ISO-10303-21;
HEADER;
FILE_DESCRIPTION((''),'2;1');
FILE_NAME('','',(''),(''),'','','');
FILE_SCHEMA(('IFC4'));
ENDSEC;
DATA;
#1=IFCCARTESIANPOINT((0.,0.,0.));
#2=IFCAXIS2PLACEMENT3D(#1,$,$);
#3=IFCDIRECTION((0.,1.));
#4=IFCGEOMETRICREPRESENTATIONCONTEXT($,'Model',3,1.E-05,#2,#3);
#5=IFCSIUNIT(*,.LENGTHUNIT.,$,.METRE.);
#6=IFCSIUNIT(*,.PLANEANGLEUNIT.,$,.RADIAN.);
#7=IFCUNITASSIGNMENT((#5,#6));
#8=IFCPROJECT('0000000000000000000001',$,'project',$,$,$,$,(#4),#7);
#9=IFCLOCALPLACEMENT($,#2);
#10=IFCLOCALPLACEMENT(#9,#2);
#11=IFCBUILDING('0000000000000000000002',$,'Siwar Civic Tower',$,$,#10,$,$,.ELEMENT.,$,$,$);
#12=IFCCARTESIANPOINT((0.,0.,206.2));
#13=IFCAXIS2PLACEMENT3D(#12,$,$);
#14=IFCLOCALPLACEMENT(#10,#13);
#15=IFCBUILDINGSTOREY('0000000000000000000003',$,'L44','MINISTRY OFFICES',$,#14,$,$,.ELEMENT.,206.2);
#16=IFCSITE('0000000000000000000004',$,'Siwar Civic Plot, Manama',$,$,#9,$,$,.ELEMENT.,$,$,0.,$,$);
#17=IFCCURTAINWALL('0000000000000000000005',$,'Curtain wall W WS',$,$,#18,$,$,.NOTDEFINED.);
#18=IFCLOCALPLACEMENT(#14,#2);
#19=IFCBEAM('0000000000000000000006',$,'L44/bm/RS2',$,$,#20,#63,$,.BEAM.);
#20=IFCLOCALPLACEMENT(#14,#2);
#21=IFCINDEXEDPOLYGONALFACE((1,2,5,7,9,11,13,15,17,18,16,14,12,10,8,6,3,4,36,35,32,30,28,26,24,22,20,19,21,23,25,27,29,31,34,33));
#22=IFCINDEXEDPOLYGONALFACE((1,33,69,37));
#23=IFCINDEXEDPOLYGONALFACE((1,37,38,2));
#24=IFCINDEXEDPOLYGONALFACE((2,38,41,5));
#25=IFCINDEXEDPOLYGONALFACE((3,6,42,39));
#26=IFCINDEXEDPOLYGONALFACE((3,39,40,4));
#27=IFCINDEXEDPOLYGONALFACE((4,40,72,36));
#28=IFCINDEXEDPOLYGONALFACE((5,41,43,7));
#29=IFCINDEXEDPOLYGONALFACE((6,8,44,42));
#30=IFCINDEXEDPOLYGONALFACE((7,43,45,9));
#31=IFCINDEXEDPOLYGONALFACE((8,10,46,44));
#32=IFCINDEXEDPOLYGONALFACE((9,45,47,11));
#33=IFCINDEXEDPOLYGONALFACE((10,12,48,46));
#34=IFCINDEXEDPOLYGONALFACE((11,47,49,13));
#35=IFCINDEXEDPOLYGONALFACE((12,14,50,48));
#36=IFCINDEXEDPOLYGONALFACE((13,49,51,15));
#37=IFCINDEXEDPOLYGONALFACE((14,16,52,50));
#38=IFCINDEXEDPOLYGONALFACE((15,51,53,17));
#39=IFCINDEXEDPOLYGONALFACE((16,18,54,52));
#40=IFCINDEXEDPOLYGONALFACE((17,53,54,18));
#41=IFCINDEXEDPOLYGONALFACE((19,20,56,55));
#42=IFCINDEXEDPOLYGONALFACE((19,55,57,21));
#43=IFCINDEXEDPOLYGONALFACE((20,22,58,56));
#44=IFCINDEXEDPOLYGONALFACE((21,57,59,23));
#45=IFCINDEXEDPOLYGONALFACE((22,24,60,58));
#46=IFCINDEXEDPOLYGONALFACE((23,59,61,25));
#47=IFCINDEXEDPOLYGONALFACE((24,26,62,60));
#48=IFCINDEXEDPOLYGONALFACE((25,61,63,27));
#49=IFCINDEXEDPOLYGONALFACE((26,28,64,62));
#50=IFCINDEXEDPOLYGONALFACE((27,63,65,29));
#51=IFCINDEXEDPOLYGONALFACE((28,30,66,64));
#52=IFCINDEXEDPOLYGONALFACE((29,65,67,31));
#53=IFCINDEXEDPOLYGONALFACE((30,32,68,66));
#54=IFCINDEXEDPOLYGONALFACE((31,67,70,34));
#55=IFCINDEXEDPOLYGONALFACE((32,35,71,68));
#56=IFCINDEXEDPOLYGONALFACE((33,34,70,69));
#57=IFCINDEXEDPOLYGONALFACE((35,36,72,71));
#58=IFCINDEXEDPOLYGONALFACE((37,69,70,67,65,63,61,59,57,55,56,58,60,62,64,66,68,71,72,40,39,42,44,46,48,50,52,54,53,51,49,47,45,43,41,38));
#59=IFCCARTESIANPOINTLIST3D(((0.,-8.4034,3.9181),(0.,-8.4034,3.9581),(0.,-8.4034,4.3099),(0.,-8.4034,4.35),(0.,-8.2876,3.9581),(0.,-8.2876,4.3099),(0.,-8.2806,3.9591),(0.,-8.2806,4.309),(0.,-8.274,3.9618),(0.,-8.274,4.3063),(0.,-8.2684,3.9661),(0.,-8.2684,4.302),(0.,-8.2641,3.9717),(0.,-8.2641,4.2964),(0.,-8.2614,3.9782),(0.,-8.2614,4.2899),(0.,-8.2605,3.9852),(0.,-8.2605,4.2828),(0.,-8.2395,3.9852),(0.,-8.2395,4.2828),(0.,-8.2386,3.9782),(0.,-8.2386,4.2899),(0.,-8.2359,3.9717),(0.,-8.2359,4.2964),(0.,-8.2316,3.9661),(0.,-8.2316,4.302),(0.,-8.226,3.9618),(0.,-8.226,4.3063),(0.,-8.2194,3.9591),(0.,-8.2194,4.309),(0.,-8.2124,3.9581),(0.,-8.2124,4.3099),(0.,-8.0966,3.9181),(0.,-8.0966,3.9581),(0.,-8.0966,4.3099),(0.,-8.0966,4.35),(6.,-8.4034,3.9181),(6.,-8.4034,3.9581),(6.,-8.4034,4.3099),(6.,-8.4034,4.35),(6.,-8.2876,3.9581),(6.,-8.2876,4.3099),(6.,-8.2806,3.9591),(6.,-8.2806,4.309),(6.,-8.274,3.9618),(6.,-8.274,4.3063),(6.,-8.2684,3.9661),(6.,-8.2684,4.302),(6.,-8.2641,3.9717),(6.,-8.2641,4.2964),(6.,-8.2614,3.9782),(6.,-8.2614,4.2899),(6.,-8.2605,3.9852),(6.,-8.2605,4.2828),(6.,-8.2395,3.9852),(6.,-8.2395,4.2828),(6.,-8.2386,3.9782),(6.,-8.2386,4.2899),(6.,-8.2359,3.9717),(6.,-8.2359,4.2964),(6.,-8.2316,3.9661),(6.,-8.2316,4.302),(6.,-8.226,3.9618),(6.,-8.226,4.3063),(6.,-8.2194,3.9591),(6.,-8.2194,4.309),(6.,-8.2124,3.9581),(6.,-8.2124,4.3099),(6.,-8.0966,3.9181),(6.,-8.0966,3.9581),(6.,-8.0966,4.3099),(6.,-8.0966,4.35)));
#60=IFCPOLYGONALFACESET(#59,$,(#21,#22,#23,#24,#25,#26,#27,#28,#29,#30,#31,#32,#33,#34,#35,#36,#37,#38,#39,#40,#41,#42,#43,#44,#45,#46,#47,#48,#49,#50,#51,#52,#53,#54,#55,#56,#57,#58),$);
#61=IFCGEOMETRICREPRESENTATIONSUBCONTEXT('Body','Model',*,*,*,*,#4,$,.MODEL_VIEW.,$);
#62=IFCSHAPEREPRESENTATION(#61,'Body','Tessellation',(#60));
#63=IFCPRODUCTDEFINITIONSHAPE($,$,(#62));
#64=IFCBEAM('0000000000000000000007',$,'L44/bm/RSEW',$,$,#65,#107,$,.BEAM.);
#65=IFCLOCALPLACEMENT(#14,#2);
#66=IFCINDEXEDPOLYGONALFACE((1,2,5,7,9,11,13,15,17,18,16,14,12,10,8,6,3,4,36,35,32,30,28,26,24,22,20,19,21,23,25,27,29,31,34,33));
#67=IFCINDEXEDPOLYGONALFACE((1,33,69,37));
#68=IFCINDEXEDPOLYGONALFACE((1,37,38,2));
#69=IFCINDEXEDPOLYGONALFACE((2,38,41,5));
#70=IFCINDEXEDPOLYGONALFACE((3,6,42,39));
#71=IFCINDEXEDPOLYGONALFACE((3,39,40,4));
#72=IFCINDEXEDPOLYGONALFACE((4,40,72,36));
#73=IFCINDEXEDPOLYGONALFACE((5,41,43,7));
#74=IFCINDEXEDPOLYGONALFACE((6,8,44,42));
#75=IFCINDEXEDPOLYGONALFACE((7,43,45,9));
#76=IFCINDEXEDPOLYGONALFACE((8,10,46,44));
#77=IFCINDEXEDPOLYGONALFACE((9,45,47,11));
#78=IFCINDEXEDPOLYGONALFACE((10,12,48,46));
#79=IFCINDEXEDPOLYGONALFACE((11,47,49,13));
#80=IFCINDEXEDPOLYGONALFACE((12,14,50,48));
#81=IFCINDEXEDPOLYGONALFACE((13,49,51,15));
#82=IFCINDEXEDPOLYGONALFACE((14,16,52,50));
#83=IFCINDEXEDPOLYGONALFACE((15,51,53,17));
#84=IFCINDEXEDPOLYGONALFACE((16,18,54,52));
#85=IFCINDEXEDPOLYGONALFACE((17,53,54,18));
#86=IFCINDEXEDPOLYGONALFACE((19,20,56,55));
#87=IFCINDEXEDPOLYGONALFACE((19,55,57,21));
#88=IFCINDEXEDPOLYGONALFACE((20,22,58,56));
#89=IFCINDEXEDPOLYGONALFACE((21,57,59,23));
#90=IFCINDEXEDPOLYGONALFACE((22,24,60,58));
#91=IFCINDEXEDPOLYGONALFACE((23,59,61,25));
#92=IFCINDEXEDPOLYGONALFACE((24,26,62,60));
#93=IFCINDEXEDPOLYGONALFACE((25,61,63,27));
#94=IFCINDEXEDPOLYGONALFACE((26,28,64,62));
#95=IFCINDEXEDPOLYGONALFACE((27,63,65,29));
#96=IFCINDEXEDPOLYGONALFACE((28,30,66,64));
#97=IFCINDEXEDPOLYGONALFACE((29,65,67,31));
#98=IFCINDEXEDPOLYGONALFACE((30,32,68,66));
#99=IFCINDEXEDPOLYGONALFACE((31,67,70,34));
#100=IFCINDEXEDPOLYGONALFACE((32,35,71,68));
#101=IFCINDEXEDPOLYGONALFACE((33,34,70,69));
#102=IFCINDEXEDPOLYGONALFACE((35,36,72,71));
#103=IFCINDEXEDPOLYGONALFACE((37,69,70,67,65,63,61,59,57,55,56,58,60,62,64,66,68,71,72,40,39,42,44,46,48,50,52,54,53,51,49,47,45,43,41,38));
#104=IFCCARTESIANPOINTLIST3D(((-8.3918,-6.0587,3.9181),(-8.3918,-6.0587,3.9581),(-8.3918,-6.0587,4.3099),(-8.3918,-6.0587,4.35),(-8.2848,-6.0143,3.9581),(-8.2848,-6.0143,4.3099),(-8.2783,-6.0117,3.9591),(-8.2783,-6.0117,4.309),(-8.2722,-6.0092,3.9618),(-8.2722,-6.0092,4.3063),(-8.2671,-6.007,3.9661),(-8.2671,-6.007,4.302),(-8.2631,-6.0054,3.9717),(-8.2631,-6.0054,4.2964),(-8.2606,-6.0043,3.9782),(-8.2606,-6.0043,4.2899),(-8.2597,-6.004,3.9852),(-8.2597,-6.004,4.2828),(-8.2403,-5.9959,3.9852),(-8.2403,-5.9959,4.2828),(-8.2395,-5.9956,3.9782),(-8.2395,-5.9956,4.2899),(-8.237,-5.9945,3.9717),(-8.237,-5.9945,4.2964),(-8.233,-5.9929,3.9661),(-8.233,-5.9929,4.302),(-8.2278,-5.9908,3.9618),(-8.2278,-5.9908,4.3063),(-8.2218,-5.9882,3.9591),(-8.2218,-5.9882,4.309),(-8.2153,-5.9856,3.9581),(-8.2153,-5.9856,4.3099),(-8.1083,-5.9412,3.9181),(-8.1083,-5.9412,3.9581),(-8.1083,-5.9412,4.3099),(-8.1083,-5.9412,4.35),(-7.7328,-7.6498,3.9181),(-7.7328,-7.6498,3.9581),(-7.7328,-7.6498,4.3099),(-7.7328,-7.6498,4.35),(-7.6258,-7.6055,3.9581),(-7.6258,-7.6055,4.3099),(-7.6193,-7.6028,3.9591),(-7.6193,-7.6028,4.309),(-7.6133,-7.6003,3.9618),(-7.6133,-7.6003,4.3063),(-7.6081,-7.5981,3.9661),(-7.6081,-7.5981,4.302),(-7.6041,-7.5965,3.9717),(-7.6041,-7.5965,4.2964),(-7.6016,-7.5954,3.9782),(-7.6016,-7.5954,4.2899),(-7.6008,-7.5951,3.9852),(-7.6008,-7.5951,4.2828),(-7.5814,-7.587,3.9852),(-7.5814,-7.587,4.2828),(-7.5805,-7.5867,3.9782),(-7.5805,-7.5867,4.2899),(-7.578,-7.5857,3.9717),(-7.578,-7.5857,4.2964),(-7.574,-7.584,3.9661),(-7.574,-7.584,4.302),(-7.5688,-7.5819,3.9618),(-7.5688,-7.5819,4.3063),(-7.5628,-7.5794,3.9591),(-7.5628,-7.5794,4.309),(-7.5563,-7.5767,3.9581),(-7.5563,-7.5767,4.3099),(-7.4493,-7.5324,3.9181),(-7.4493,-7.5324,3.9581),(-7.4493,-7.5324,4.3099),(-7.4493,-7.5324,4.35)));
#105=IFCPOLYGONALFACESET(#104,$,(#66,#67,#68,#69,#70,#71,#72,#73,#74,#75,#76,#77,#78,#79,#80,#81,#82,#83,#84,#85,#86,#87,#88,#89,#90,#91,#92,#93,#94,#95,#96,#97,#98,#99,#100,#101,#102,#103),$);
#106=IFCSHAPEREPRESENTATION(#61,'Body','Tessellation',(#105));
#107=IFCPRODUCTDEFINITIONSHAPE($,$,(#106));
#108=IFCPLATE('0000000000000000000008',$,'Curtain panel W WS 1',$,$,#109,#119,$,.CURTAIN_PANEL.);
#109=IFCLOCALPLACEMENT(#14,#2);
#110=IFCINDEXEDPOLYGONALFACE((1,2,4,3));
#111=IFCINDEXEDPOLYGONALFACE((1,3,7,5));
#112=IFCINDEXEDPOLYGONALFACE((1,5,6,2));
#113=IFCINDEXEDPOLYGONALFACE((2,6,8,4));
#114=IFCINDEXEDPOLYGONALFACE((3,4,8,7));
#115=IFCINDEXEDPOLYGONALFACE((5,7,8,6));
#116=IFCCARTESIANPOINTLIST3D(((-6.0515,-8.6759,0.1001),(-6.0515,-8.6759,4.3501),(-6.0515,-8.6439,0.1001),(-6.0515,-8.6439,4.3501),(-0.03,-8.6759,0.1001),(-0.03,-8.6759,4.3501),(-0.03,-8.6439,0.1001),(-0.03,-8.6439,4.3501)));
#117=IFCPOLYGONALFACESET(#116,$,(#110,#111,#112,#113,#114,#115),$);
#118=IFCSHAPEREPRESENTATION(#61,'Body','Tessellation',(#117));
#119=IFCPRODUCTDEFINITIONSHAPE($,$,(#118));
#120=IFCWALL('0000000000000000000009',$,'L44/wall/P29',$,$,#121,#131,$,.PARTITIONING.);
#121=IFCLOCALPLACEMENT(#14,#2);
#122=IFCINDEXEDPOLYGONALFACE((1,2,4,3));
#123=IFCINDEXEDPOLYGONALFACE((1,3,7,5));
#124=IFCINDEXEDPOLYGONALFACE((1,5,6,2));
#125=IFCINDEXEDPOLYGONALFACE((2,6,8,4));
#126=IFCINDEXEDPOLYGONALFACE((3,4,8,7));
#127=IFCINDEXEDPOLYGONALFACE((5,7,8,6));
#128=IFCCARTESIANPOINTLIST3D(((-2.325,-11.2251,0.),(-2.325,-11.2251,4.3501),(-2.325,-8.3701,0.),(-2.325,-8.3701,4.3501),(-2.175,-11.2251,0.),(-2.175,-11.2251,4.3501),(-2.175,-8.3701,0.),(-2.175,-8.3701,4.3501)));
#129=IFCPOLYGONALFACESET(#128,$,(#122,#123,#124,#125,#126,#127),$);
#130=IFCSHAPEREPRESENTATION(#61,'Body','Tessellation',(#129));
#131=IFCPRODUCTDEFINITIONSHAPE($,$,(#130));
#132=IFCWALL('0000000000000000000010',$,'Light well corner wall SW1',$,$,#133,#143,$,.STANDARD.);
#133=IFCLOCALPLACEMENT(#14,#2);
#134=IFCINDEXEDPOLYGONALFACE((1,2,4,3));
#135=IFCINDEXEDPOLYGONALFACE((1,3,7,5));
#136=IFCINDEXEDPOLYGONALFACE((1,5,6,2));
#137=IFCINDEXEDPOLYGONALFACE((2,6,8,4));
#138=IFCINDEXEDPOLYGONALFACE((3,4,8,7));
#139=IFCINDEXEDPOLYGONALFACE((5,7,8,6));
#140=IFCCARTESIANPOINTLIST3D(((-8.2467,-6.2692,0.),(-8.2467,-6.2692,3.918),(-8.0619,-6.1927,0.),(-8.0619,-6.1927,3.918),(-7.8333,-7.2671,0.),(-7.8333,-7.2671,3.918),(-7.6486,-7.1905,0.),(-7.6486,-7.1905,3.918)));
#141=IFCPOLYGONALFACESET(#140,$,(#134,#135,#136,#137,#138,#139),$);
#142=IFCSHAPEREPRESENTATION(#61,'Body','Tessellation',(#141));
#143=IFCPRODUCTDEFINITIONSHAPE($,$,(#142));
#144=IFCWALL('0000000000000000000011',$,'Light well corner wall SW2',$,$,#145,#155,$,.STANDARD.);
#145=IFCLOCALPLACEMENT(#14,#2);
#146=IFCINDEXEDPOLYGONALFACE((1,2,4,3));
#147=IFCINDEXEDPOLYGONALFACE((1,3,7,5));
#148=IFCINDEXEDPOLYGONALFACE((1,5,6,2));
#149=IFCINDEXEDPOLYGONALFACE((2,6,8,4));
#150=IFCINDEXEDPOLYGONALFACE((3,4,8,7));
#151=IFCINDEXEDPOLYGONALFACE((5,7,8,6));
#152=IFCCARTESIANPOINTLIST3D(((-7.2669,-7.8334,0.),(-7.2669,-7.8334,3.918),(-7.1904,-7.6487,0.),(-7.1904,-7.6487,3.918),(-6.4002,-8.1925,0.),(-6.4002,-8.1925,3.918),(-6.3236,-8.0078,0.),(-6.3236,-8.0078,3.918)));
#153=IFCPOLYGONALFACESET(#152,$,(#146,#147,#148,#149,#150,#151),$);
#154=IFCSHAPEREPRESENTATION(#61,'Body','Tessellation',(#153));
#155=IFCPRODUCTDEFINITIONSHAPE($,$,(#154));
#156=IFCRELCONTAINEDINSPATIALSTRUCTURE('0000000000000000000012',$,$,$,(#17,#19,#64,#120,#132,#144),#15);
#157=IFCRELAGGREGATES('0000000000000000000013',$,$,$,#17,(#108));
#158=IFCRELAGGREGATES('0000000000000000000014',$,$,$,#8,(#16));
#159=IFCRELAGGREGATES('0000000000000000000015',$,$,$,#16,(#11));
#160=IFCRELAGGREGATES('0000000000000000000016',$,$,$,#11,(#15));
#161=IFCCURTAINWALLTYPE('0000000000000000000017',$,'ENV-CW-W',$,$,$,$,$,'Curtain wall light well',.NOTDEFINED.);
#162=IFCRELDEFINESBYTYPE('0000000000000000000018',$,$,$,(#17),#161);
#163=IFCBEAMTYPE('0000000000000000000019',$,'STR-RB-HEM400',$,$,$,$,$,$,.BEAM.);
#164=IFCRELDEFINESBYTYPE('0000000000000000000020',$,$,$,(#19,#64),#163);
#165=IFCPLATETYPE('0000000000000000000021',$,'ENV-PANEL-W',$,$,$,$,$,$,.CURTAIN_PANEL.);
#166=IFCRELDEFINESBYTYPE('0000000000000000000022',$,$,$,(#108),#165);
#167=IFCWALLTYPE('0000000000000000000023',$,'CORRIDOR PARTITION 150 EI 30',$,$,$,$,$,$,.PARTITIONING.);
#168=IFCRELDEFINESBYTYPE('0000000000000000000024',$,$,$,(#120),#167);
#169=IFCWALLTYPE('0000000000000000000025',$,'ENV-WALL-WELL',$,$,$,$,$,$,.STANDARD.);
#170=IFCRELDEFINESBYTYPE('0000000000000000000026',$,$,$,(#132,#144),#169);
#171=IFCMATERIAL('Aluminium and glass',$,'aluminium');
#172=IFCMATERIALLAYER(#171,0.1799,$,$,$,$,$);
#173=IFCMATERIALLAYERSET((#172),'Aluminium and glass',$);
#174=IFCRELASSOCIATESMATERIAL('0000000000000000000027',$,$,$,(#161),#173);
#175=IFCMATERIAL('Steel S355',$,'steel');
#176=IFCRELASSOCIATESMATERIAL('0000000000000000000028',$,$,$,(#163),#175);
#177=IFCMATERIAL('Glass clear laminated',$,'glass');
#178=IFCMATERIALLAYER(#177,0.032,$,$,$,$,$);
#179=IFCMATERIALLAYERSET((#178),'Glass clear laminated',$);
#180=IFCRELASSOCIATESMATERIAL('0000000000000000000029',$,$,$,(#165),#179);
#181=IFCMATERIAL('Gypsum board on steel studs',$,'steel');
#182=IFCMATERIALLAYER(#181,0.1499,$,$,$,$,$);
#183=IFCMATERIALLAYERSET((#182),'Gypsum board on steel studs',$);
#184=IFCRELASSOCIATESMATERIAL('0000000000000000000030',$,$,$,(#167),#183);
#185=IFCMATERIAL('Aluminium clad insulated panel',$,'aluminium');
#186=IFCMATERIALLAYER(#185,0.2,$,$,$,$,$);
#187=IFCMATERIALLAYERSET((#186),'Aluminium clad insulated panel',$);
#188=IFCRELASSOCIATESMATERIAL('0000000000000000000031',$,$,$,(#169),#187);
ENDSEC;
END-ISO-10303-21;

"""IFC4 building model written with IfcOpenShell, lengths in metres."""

from ifc_helpers import new_model, si_unit, direction, frame, frame_2d, origin, origin_2d, place, context, subcontext, project, spatial, rectangle, i_section, extrude, material, layer, layer_set, material_profile, profile_set, type_object, element, aggregate, save


model = new_model("IFC4")

# Units and contexts
model_context = context("Model", 3, precision=1e-05, world=origin(), true_north=direction((0.0, 1.0)))
body_context = subcontext(model_context, "Body", "Model", "MODEL_VIEW")
ifc_project = project(units=[si_unit("LENGTHUNIT", "METRE"), si_unit("PLANEANGLEUNIT", "RADIAN")], contexts=[model_context])

# Site, building, storey
site_placement = place(None, origin())
site = spatial("IfcSite", under=ifc_project, at=site_placement, Name="Siwar Civic Plot, Manama", CompositionType="ELEMENT", RefElevation=0.0)
building_placement = place(site_placement, origin())
building = spatial("IfcBuilding", under=site, at=building_placement, Name="Siwar Civic Tower", CompositionType="ELEMENT")
storey_placement = place(building_placement, frame((0.0, 0.0, 206.2)))
storey = spatial("IfcBuildingStorey", under=building, at=storey_placement, Name="L44", Description="MINISTRY OFFICES", CompositionType="ELEMENT", Elevation=206.2)

# Curtain wall
ifc_material_1 = material(Name="Aluminium and glass", Category="aluminium")
ifc_layer_1 = layer(ifc_material_1, 0.1799)
ifc_layer_set_1 = layer_set([ifc_layer_1], Name="Aluminium and glass")
curtain_wall_type = type_object("IfcCurtainWallType", Name="ENV-CW-W", ElementType="Curtain wall light well", PredefinedType="NOTDEFINED", material=ifc_layer_set_1)
curtain_wall_placement = place(storey_placement, origin())
curtain_wall = element("IfcCurtainWall", 1, at=curtain_wall_placement, inside=storey, type_object=curtain_wall_type, Name="Curtain wall W WS", PredefinedType="NOTDEFINED")

# Beams
ifc_material_2 = material(Name="Steel S355", Category="steel")
ifc_material_profile_1 = material_profile(ifc_material_2, i_section(OverallWidth=0.3069, OverallDepth=0.4319, WebThickness=0.021, FlangeThickness=0.04, FilletRadius=0.0271, at=origin_2d()), Name="HEM400")
ifc_profile_set_1 = profile_set([ifc_material_profile_1], Name="Steel S355")
beam_type = type_object("IfcBeamType", Name="STR-RB-HEM400", PredefinedType="BEAM", material=ifc_profile_set_1)
for number, where, z_axis, x_axis, name in (
    (2, (0.0, -8.25, 4.134), (1.0, 0.0, 0.0), (0.0, 1.0, 0.0), "L44/bm/RS2"),
):
    element("IfcBeam", number, at=place(storey_placement, frame(where, z_axis=z_axis, x_axis=x_axis)), inside=storey, type_object=beam_type, Name=name, PredefinedType="BEAM", context=body_context, shape_type="SweptSolid", body=[
        extrude(i_section(OverallWidth=0.3069, OverallDepth=0.4319, WebThickness=0.021, FlangeThickness=0.04, FilletRadius=0.0271, at=origin_2d()), origin(), (0.0, 0.0, 1.0), 6.0),
    ])
beam_1_placement = place(storey_placement, frame((-7.5911, -7.5911, 4.134), z_axis=(-0.382631, 0.923901, 0.0), x_axis=(-0.923901, -0.382631, 0.0)))
element("IfcBeam", 3, at=beam_1_placement, inside=storey, type_object=beam_type, Name="L44/bm/RSEW", PredefinedType="BEAM", context=body_context, shape_type="SweptSolid", body=[
    extrude(i_section(OverallWidth=0.3069, OverallDepth=0.4319, WebThickness=0.021, FlangeThickness=0.04, FilletRadius=0.0271, at=origin_2d()), origin(), (0.0, 0.0, 1.0), 1.7222),
])

# Plate
ifc_material_3 = material(Name="Glass clear laminated", Category="glass")
ifc_layer_2 = layer(ifc_material_3, 0.032)
ifc_layer_set_2 = layer_set([ifc_layer_2], Name="Glass clear laminated")
plate_type = type_object("IfcPlateType", Name="ENV-PANEL-W", PredefinedType="CURTAIN_PANEL", material=ifc_layer_set_2)
plate_placement = place(storey_placement, frame((-3.0408, -8.6599, 0.1001), z_axis=(0.0, 0.0, 1.0), x_axis=(1.0, 0.0, 0.0)))
plate = element("IfcPlate", 4, at=plate_placement, type_object=plate_type, Name="Curtain panel W WS 1", PredefinedType="CURTAIN_PANEL", context=body_context, shape_type="SweptSolid", body=[
    extrude(rectangle(XDim=6.0215, YDim=0.032, at=origin_2d()), origin(), (0.0, 0.0, 1.0), 4.25),
])
aggregate(curtain_wall, [plate])

# Walls
ifc_material_4 = material(Name="Gypsum board on steel studs", Category="steel")
ifc_layer_3 = layer(ifc_material_4, 0.1499)
ifc_layer_set_3 = layer_set([ifc_layer_3], Name="Gypsum board on steel studs")
wall_type_1 = type_object("IfcWallType", Name="CORRIDOR PARTITION 150 EI 30", PredefinedType="PARTITIONING", material=ifc_layer_set_3)
wall_1_placement = place(storey_placement, frame((-2.25, -11.2251, 0.0), z_axis=(0.0, 0.0, 1.0), x_axis=(0.0, 1.0, 0.0)))
element("IfcWall", 5, at=wall_1_placement, inside=storey, type_object=wall_type_1, Name="L44/wall/P29", PredefinedType="PARTITIONING", context=body_context, shape_type="SweptSolid", body=[
    extrude(rectangle(XDim=2.855, YDim=0.1499, at=frame_2d((1.4275, 0.0))), origin(), (0.0, 0.0, 1.0), 4.3501),
])
ifc_material_5 = material(Name="Aluminium clad insulated panel", Category="aluminium")
ifc_layer_4 = layer(ifc_material_5, 0.2)
ifc_layer_set_4 = layer_set([ifc_layer_4], Name="Aluminium clad insulated panel")
wall_type_2 = type_object("IfcWallType", Name="ENV-WALL-WELL", PredefinedType="STANDARD", material=ifc_layer_set_4)
wall_2_placement = place(storey_placement, frame((-8.1543, -6.231, 0.0), z_axis=(0.0, 0.0, 1.0), x_axis=(0.382704, -0.923871, 0.0)))
element("IfcWall", 6, at=wall_2_placement, inside=storey, type_object=wall_type_2, Name="Light well corner wall SW1", PredefinedType="STANDARD", context=body_context, shape_type="SweptSolid", body=[
    extrude(rectangle(XDim=1.0801, YDim=0.2, at=frame_2d((0.54, 0.0))), origin(), (0.0, 0.0, 1.0), 3.918),
])
wall_3_placement = place(storey_placement, frame((-7.2288, -7.741, 0.0), z_axis=(0.0, 0.0, 1.0), x_axis=(0.92383, -0.382804, 0.0)))
element("IfcWall", 7, at=wall_3_placement, inside=storey, type_object=wall_type_2, Name="Light well corner wall SW2", PredefinedType="STANDARD", context=body_context, shape_type="SweptSolid", body=[
    extrude(rectangle(XDim=0.9382, YDim=0.2, at=frame_2d((0.4692, 0.0))), origin(), (0.0, 0.0, 1.0), 3.918),
])

save(model, "model.ifc")
